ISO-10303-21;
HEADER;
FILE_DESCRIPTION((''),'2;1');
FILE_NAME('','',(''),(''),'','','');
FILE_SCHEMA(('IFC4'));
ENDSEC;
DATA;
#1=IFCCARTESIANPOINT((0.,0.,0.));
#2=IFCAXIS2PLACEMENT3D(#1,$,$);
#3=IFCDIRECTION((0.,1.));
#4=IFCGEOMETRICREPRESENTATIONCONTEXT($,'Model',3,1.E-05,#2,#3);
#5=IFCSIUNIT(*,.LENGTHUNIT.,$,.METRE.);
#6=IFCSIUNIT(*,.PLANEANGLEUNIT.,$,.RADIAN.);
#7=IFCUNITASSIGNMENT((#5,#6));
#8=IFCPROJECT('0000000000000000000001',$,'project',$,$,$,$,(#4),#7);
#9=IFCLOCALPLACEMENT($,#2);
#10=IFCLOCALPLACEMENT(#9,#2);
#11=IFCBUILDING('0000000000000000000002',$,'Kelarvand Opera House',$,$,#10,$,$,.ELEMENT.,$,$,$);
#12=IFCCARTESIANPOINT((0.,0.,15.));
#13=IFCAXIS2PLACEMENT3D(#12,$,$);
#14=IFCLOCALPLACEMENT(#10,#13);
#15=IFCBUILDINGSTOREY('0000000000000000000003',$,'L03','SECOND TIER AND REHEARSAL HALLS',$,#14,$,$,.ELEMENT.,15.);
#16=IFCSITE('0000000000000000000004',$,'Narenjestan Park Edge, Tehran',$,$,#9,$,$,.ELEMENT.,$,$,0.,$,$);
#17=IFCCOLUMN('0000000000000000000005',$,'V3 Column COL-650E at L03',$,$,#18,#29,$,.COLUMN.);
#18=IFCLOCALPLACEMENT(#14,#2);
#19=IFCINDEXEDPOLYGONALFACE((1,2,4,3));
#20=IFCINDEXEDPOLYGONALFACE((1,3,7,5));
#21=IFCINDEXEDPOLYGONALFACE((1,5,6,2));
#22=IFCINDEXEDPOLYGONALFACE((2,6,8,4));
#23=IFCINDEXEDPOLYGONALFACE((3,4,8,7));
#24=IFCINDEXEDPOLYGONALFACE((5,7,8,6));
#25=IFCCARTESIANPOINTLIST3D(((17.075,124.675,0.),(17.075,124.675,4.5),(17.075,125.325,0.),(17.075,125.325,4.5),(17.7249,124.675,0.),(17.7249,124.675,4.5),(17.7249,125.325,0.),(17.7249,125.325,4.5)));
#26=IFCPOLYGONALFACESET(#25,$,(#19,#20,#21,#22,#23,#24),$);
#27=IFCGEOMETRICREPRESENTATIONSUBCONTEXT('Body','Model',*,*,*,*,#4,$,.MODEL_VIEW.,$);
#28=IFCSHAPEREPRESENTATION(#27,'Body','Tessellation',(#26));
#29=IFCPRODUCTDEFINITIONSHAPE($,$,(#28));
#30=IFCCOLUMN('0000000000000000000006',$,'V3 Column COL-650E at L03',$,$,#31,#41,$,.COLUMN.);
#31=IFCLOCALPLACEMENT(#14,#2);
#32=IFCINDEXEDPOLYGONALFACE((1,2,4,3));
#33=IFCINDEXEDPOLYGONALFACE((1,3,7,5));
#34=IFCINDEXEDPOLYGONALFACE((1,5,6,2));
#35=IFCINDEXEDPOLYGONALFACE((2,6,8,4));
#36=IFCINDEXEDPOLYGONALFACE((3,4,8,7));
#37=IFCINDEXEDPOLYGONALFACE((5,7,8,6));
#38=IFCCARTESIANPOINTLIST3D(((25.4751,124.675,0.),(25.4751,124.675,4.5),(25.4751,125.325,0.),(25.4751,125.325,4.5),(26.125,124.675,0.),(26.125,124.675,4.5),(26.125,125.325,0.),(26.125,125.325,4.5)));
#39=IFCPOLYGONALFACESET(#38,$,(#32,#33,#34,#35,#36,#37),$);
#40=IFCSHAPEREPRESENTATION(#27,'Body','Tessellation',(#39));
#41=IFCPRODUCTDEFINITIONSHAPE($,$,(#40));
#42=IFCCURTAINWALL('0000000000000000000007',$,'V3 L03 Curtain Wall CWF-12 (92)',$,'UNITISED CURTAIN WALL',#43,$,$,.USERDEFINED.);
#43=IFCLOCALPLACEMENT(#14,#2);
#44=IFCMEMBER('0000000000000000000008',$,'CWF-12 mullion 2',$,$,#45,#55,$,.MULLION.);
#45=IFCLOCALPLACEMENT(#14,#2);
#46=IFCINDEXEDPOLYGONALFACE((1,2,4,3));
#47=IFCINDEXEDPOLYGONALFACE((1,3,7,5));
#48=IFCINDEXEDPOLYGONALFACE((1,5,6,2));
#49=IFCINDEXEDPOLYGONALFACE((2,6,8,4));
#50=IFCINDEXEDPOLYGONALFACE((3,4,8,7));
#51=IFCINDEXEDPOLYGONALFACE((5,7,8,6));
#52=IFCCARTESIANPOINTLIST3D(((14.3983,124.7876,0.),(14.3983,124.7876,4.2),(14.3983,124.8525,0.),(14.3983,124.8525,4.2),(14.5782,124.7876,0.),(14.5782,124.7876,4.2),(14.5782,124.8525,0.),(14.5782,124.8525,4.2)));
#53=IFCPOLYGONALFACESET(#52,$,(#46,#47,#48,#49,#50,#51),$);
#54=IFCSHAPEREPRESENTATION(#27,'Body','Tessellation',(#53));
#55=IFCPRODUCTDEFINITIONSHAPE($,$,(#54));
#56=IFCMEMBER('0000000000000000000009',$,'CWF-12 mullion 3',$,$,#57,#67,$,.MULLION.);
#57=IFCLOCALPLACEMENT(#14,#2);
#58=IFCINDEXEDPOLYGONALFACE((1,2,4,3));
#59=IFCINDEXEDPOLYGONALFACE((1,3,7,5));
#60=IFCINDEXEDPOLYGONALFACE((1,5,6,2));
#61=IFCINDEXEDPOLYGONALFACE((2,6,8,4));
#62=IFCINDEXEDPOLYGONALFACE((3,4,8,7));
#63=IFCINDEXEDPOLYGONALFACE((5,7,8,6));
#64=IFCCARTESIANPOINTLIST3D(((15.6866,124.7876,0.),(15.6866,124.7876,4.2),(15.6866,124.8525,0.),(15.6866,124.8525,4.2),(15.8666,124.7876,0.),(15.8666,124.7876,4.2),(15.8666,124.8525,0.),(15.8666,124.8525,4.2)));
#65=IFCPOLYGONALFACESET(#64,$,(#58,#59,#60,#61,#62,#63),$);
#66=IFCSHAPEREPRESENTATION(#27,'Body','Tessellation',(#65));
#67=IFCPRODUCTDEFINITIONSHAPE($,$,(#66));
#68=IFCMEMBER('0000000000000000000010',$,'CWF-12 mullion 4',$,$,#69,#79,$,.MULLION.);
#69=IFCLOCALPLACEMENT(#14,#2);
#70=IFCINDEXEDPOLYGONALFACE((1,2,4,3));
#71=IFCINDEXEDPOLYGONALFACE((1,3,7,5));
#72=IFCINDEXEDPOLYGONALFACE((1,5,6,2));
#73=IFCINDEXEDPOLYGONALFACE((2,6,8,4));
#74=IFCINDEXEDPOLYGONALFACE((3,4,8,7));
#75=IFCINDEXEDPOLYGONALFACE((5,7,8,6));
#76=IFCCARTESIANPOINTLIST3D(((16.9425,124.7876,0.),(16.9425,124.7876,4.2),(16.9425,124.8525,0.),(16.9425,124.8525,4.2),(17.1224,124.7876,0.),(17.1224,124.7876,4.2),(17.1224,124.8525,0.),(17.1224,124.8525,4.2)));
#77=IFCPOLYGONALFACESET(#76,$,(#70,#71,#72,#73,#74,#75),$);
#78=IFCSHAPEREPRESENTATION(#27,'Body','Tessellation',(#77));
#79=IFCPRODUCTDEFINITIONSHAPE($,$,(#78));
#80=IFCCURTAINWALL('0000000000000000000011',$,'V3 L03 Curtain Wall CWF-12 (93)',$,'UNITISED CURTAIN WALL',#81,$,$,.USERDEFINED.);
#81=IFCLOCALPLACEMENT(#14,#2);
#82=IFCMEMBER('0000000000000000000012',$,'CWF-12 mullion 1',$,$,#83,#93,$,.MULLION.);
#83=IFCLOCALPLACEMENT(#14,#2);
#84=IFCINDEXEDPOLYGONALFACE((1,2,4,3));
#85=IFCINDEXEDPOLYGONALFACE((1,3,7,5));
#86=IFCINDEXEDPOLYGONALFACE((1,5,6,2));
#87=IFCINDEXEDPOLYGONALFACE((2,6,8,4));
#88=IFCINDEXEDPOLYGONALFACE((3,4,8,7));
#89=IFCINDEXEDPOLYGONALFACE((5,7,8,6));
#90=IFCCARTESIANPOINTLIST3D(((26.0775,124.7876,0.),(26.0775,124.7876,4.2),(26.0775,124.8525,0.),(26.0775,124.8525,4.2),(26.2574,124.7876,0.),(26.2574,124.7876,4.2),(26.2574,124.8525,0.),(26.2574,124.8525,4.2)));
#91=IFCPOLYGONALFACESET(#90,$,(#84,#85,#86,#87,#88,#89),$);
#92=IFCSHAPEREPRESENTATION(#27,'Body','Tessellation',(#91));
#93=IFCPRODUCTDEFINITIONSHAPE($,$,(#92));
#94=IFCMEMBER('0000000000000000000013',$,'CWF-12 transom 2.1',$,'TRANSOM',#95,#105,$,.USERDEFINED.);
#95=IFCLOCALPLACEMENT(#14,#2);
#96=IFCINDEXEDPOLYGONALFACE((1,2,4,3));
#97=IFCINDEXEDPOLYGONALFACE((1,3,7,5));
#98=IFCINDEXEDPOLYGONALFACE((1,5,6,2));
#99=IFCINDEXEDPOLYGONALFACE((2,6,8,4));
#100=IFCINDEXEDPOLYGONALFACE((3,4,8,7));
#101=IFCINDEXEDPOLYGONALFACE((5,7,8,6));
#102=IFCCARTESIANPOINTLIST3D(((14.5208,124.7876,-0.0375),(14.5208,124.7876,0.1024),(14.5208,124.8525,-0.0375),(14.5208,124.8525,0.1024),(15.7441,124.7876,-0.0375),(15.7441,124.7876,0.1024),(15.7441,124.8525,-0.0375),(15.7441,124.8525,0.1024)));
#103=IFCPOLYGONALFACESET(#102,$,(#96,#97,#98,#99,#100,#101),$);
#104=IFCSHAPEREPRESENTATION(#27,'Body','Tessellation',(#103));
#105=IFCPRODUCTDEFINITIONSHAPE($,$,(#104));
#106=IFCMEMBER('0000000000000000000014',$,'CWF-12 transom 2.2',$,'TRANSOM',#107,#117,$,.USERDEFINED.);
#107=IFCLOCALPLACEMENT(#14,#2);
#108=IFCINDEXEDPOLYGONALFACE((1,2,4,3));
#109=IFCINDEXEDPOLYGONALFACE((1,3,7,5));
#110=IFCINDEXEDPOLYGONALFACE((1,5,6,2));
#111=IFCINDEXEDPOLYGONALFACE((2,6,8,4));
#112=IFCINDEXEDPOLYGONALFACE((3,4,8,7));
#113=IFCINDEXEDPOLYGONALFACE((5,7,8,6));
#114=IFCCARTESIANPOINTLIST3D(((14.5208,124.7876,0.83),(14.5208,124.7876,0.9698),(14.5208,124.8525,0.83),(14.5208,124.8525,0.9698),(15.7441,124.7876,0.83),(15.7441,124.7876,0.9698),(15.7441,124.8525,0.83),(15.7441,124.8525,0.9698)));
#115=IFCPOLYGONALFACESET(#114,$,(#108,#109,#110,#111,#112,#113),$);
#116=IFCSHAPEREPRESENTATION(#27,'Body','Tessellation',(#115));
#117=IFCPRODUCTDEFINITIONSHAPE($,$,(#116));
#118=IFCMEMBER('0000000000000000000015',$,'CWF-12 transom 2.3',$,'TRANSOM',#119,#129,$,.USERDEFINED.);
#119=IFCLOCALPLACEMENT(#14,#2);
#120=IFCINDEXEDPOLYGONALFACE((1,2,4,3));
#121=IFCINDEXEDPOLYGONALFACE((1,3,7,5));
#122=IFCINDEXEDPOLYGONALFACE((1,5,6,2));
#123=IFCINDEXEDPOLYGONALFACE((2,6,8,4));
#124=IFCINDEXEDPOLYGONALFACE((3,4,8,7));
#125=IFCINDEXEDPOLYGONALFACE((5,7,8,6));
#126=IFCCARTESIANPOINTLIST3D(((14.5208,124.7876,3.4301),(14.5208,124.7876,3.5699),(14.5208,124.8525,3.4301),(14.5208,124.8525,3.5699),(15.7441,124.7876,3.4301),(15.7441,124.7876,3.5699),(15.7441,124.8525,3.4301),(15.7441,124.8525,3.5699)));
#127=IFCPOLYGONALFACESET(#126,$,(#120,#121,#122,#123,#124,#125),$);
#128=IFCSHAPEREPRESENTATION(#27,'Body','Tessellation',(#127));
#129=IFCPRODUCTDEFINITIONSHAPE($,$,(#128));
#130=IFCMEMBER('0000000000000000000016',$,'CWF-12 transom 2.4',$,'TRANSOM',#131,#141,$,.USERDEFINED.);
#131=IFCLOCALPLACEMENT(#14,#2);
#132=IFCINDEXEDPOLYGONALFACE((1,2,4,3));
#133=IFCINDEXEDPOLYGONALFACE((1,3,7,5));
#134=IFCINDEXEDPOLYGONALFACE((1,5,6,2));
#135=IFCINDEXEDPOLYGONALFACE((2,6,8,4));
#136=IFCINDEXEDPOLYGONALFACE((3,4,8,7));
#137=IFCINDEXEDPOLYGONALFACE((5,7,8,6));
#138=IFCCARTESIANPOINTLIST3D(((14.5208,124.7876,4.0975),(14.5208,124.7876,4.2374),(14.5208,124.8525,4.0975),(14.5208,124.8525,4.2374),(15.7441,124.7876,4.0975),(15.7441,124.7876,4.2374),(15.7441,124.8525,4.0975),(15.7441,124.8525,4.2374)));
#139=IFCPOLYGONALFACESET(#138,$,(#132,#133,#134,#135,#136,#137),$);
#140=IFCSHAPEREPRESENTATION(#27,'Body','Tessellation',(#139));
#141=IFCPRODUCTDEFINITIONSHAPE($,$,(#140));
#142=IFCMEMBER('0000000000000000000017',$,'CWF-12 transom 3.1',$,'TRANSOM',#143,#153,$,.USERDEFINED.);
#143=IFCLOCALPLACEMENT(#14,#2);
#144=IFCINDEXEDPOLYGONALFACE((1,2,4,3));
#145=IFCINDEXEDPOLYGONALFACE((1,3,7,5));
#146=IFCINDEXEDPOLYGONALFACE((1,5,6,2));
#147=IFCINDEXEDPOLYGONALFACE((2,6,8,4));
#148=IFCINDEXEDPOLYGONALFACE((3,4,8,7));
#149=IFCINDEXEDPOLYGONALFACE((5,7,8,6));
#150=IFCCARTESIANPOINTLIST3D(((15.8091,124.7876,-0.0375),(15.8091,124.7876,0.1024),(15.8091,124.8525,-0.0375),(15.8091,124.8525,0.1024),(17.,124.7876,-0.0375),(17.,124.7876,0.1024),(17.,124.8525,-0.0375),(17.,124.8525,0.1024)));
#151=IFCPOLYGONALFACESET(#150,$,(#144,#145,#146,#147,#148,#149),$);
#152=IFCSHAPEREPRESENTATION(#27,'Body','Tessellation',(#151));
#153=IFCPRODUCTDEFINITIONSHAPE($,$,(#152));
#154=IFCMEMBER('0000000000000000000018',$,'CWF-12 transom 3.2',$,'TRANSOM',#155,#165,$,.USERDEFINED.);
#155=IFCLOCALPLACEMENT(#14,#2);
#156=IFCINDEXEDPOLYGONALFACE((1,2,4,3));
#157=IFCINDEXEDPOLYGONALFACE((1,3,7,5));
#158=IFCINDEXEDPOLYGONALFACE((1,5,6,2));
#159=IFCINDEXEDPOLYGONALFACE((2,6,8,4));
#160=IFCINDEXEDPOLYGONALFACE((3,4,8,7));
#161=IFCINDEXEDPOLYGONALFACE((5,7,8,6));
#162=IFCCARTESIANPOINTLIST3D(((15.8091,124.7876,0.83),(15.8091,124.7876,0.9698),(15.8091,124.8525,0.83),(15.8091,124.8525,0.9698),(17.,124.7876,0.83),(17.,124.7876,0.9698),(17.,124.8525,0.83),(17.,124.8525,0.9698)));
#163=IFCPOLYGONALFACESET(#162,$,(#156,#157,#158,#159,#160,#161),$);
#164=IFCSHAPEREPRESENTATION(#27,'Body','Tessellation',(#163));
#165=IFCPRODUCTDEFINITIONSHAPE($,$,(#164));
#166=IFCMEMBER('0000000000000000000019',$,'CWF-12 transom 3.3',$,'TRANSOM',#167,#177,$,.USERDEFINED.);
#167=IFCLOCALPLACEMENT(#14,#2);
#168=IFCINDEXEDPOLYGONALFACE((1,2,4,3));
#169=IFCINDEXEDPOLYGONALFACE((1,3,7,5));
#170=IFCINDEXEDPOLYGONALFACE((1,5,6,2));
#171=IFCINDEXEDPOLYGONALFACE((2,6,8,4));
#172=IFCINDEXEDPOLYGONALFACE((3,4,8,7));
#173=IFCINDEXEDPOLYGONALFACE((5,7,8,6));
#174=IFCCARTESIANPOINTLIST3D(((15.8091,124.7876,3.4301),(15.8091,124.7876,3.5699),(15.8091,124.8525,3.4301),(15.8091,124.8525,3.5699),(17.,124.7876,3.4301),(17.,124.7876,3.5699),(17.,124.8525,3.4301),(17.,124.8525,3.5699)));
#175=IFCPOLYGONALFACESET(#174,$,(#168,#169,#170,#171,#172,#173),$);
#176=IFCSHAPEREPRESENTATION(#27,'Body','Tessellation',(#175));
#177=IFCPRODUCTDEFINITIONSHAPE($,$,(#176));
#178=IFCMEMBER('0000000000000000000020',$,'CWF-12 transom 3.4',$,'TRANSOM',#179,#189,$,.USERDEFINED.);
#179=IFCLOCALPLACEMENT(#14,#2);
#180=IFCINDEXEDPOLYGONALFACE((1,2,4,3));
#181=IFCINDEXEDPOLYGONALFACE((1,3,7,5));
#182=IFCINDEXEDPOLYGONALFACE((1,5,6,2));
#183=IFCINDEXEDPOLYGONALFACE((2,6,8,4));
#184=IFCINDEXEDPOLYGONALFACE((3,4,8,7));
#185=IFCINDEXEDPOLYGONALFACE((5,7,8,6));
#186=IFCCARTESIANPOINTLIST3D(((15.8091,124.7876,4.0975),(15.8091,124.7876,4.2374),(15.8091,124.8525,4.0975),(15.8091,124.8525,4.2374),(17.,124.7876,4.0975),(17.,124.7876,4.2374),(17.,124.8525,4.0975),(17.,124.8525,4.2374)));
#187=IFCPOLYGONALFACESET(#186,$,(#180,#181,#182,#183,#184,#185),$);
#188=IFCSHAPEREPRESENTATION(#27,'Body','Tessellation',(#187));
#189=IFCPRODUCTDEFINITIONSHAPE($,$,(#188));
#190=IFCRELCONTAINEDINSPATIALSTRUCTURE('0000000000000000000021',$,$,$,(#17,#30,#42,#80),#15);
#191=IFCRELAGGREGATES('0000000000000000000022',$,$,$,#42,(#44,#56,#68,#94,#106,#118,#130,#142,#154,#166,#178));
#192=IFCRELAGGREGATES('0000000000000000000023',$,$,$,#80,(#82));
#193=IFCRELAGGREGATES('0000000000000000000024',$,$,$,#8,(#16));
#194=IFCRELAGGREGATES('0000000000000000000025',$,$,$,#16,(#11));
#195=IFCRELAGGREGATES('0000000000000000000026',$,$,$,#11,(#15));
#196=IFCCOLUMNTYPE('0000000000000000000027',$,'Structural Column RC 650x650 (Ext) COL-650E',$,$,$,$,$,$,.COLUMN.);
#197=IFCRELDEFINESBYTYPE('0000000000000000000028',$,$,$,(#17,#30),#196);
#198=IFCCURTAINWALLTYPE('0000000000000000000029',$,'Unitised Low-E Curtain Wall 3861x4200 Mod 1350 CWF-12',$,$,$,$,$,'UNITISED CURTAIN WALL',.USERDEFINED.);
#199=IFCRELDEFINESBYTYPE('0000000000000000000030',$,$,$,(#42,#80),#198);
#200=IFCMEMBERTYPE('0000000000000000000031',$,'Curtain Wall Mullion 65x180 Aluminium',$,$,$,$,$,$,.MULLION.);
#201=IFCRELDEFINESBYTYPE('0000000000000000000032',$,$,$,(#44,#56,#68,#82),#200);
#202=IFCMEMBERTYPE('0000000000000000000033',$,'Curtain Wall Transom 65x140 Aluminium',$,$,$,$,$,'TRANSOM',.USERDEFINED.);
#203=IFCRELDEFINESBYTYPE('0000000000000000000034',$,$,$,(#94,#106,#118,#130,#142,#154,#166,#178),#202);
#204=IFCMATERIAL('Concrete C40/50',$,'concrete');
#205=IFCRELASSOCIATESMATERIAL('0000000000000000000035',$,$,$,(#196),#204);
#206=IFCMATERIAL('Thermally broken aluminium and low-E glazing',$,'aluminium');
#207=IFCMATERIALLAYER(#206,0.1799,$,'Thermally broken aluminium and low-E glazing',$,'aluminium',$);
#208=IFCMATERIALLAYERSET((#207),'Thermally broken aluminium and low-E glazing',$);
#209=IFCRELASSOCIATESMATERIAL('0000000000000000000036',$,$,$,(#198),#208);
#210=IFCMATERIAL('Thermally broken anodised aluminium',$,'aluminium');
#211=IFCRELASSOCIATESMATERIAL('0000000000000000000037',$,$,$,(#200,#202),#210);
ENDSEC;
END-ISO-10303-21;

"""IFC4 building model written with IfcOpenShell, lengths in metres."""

from ifc_helpers import new_model, si_unit, direction, frame, origin, origin_2d, place, context, subcontext, project, spatial, rectangle, extrude, material, layer, layer_set, material_profile, profile_set, type_object, element, aggregate, save


model = new_model("IFC4")

# Units and contexts
model_context = context("Model", 3, precision=1e-05, world=origin(), true_north=direction((0.0, 1.0)))
body_context = subcontext(model_context, "Body", "Model", "MODEL_VIEW")
ifc_project = project(units=[si_unit("LENGTHUNIT", "METRE"), si_unit("PLANEANGLEUNIT", "RADIAN")], contexts=[model_context])

# Site, building, storey
site_placement = place(None, origin())
site = spatial("IfcSite", under=ifc_project, at=site_placement, Name="Narenjestan Park Edge, Tehran", CompositionType="ELEMENT", RefElevation=0.0)
building_placement = place(site_placement, origin())
building = spatial("IfcBuilding", under=site, at=building_placement, Name="Kelarvand Opera House", CompositionType="ELEMENT")
storey_placement = place(building_placement, frame((0.0, 0.0, 15.0)))
storey = spatial("IfcBuildingStorey", under=building, at=storey_placement, Name="L03", Description="SECOND TIER AND REHEARSAL HALLS", CompositionType="ELEMENT", Elevation=15.0)

# Columns
ifc_material_1 = material(Name="Concrete C40/50", Category="concrete")
ifc_material_profile_1 = material_profile(ifc_material_1, rectangle(XDim=0.6499, YDim=0.6499, at=origin_2d()), Name="RC 650x650", Category="concrete")
ifc_profile_set_1 = profile_set([ifc_material_profile_1], Name="Concrete C40/50")
column_type = type_object("IfcColumnType", Name="Structural Column RC 650x650 (Ext) COL-650E", PredefinedType="COLUMN", material=ifc_profile_set_1)
for number, where, z_axis, x_axis, name in (
    (1, (17.3999, 125.0, 0.0), (0.0, 0.0, 1.0), (1.0, 0.0, 0.0), "V3 Column COL-650E at L03"),
    (2, (25.8, 125.0, 0.0), (0.0, 0.0, 1.0), (1.0, 0.0, 0.0), "V3 Column COL-650E at L03"),
):
    element("IfcColumn", number, at=place(storey_placement, frame(where, z_axis=z_axis, x_axis=x_axis)), inside=storey, type_object=column_type, Name=name, PredefinedType="COLUMN", context=body_context, shape_type="SweptSolid", body=[
        extrude(rectangle(XDim=0.6499, YDim=0.6499, at=origin_2d()), origin(), (0.0, 0.0, 1.0), 4.5),
    ])

# Curtain wall, members
ifc_material_2 = material(Name="Thermally broken aluminium and low-E glazing", Category="aluminium")
ifc_layer_1 = layer(ifc_material_2, 0.1799, Name="Thermally broken aluminium and low-E glazing", Category="aluminium")
ifc_layer_set_1 = layer_set([ifc_layer_1], Name="Thermally broken aluminium and low-E glazing")
curtain_wall_type = type_object("IfcCurtainWallType", Name="Unitised Low-E Curtain Wall 3861x4200 Mod 1350 CWF-12", ElementType="UNITISED CURTAIN WALL", PredefinedType="USERDEFINED", material=ifc_layer_set_1)
curtain_wall_1_placement = place(storey_placement, origin())
curtain_wall_1 = element("IfcCurtainWall", 3, at=curtain_wall_1_placement, inside=storey, type_object=curtain_wall_type, Name="V3 L03 Curtain Wall CWF-12 (92)", ObjectType="UNITISED CURTAIN WALL", PredefinedType="USERDEFINED")
ifc_material_3 = material(Name="Thermally broken anodised aluminium", Category="aluminium")
ifc_material_profile_2 = material_profile(ifc_material_3, rectangle(XDim=0.0649, YDim=0.1799, at=origin_2d()), Name="ALU MULLION 65x180", Category="aluminium")
ifc_profile_set_2 = profile_set([ifc_material_profile_2], Name="Thermally broken anodised aluminium")
member_type_1 = type_object("IfcMemberType", Name="Curtain Wall Mullion 65x180 Aluminium", PredefinedType="MULLION", material=ifc_profile_set_2)
member_1_placement = place(storey_placement, frame((14.4883, 124.8201, 0.0), z_axis=(0.0, 0.0, 1.0), x_axis=(0.0, 1.0, 0.0)))
member_1 = element("IfcMember", 4, at=member_1_placement, type_object=member_type_1, Name="CWF-12 mullion 2", PredefinedType="MULLION", context=body_context, shape_type="SweptSolid", body=[
    extrude(rectangle(XDim=0.0649, YDim=0.1799, at=origin_2d()), origin(), (0.0, 0.0, 1.0), 4.2),
])
member_2_placement = place(storey_placement, frame((15.7766, 124.8201, 0.0), z_axis=(0.0, 0.0, 1.0), x_axis=(0.0, 1.0, 0.0)))
member_2 = element("IfcMember", 5, at=member_2_placement, type_object=member_type_1, Name="CWF-12 mullion 3", PredefinedType="MULLION", context=body_context, shape_type="SweptSolid", body=[
    extrude(rectangle(XDim=0.0649, YDim=0.1799, at=origin_2d()), origin(), (0.0, 0.0, 1.0), 4.2),
])
member_3_placement = place(storey_placement, frame((17.0325, 124.8201, 0.0), z_axis=(0.0, 0.0, 1.0), x_axis=(0.0, 1.0, 0.0)))
member_3 = element("IfcMember", 6, at=member_3_placement, type_object=member_type_1, Name="CWF-12 mullion 4", PredefinedType="MULLION", context=body_context, shape_type="SweptSolid", body=[
    extrude(rectangle(XDim=0.0649, YDim=0.1799, at=origin_2d()), origin(), (0.0, 0.0, 1.0), 4.2),
])

# Curtain wall, member
curtain_wall_2_placement = place(storey_placement, origin())
curtain_wall_2 = element("IfcCurtainWall", 7, at=curtain_wall_2_placement, inside=storey, type_object=curtain_wall_type, Name="V3 L03 Curtain Wall CWF-12 (93)", ObjectType="UNITISED CURTAIN WALL", PredefinedType="USERDEFINED")
member_4_placement = place(storey_placement, frame((26.1675, 124.8201, 0.0), z_axis=(0.0, 0.0, 1.0), x_axis=(0.0, 1.0, 0.0)))
member_4 = element("IfcMember", 8, at=member_4_placement, type_object=member_type_1, Name="CWF-12 mullion 1", PredefinedType="MULLION", context=body_context, shape_type="SweptSolid", body=[
    extrude(rectangle(XDim=0.0649, YDim=0.1799, at=origin_2d()), origin(), (0.0, 0.0, 1.0), 4.2),
])

# Members
ifc_material_profile_3 = material_profile(ifc_material_3, rectangle(XDim=0.0649, YDim=0.1399, at=origin_2d()), Name="ALU TRANSOM 65x140", Category="aluminium")
ifc_profile_set_3 = profile_set([ifc_material_profile_3], Name="Thermally broken anodised aluminium")
member_type_2 = type_object("IfcMemberType", Name="Curtain Wall Transom 65x140 Aluminium", ElementType="TRANSOM", PredefinedType="USERDEFINED", material=ifc_profile_set_3)
member_5_placement = place(storey_placement, frame((14.5208, 124.8201, 0.0325), z_axis=(1.0, 0.0, 0.0), x_axis=(0.0, 1.0, 0.0)))
member_5 = element("IfcMember", 9, at=member_5_placement, type_object=member_type_2, Name="CWF-12 transom 2.1", ObjectType="TRANSOM", PredefinedType="USERDEFINED", context=body_context, shape_type="SweptSolid", body=[
    extrude(rectangle(XDim=0.0649, YDim=0.1399, at=origin_2d()), origin(), (0.0, 0.0, 1.0), 1.2234),
])
member_6_placement = place(storey_placement, frame((14.5208, 124.8201, 0.8999), z_axis=(1.0, 0.0, 0.0), x_axis=(0.0, 1.0, 0.0)))
member_6 = element("IfcMember", 10, at=member_6_placement, type_object=member_type_2, Name="CWF-12 transom 2.2", ObjectType="TRANSOM", PredefinedType="USERDEFINED", context=body_context, shape_type="SweptSolid", body=[
    extrude(rectangle(XDim=0.0649, YDim=0.1399, at=origin_2d()), origin(), (0.0, 0.0, 1.0), 1.2234),
])
member_7_placement = place(storey_placement, frame((14.5208, 124.8201, 3.5), z_axis=(1.0, 0.0, 0.0), x_axis=(0.0, 1.0, 0.0)))
member_7 = element("IfcMember", 11, at=member_7_placement, type_object=member_type_2, Name="CWF-12 transom 2.3", ObjectType="TRANSOM", PredefinedType="USERDEFINED", context=body_context, shape_type="SweptSolid", body=[
    extrude(rectangle(XDim=0.0649, YDim=0.1399, at=origin_2d()), origin(), (0.0, 0.0, 1.0), 1.2234),
])
member_8_placement = place(storey_placement, frame((14.5208, 124.8201, 4.1675), z_axis=(1.0, 0.0, 0.0), x_axis=(0.0, 1.0, 0.0)))
member_8 = element("IfcMember", 12, at=member_8_placement, type_object=member_type_2, Name="CWF-12 transom 2.4", ObjectType="TRANSOM", PredefinedType="USERDEFINED", context=body_context, shape_type="SweptSolid", body=[
    extrude(rectangle(XDim=0.0649, YDim=0.1399, at=origin_2d()), origin(), (0.0, 0.0, 1.0), 1.2234),
])
member_9_placement = place(storey_placement, frame((15.8091, 124.8201, 0.0325), z_axis=(1.0, 0.0, 0.0), x_axis=(0.0, 1.0, 0.0)))
member_9 = element("IfcMember", 13, at=member_9_placement, type_object=member_type_2, Name="CWF-12 transom 3.1", ObjectType="TRANSOM", PredefinedType="USERDEFINED", context=body_context, shape_type="SweptSolid", body=[
    extrude(rectangle(XDim=0.0649, YDim=0.1399, at=origin_2d()), origin(), (0.0, 0.0, 1.0), 1.1909),
])
member_10_placement = place(storey_placement, frame((15.8091, 124.8201, 0.8999), z_axis=(1.0, 0.0, 0.0), x_axis=(0.0, 1.0, 0.0)))
member_10 = element("IfcMember", 14, at=member_10_placement, type_object=member_type_2, Name="CWF-12 transom 3.2", ObjectType="TRANSOM", PredefinedType="USERDEFINED", context=body_context, shape_type="SweptSolid", body=[
    extrude(rectangle(XDim=0.0649, YDim=0.1399, at=origin_2d()), origin(), (0.0, 0.0, 1.0), 1.1909),
])
member_11_placement = place(storey_placement, frame((15.8091, 124.8201, 3.5), z_axis=(1.0, 0.0, 0.0), x_axis=(0.0, 1.0, 0.0)))
member_11 = element("IfcMember", 15, at=member_11_placement, type_object=member_type_2, Name="CWF-12 transom 3.3", ObjectType="TRANSOM", PredefinedType="USERDEFINED", context=body_context, shape_type="SweptSolid", body=[
    extrude(rectangle(XDim=0.0649, YDim=0.1399, at=origin_2d()), origin(), (0.0, 0.0, 1.0), 1.1909),
])
member_12_placement = place(storey_placement, frame((15.8091, 124.8201, 4.1675), z_axis=(1.0, 0.0, 0.0), x_axis=(0.0, 1.0, 0.0)))
member_12 = element("IfcMember", 16, at=member_12_placement, type_object=member_type_2, Name="CWF-12 transom 3.4", ObjectType="TRANSOM", PredefinedType="USERDEFINED", context=body_context, shape_type="SweptSolid", body=[
    extrude(rectangle(XDim=0.0649, YDim=0.1399, at=origin_2d()), origin(), (0.0, 0.0, 1.0), 1.1909),
])

aggregate(curtain_wall_1, [member_1, member_2, member_3, member_5, member_6, member_7, member_8, member_9, member_10, member_11, member_12])
aggregate(curtain_wall_2, [member_4])

save(model, "model.ifc")
